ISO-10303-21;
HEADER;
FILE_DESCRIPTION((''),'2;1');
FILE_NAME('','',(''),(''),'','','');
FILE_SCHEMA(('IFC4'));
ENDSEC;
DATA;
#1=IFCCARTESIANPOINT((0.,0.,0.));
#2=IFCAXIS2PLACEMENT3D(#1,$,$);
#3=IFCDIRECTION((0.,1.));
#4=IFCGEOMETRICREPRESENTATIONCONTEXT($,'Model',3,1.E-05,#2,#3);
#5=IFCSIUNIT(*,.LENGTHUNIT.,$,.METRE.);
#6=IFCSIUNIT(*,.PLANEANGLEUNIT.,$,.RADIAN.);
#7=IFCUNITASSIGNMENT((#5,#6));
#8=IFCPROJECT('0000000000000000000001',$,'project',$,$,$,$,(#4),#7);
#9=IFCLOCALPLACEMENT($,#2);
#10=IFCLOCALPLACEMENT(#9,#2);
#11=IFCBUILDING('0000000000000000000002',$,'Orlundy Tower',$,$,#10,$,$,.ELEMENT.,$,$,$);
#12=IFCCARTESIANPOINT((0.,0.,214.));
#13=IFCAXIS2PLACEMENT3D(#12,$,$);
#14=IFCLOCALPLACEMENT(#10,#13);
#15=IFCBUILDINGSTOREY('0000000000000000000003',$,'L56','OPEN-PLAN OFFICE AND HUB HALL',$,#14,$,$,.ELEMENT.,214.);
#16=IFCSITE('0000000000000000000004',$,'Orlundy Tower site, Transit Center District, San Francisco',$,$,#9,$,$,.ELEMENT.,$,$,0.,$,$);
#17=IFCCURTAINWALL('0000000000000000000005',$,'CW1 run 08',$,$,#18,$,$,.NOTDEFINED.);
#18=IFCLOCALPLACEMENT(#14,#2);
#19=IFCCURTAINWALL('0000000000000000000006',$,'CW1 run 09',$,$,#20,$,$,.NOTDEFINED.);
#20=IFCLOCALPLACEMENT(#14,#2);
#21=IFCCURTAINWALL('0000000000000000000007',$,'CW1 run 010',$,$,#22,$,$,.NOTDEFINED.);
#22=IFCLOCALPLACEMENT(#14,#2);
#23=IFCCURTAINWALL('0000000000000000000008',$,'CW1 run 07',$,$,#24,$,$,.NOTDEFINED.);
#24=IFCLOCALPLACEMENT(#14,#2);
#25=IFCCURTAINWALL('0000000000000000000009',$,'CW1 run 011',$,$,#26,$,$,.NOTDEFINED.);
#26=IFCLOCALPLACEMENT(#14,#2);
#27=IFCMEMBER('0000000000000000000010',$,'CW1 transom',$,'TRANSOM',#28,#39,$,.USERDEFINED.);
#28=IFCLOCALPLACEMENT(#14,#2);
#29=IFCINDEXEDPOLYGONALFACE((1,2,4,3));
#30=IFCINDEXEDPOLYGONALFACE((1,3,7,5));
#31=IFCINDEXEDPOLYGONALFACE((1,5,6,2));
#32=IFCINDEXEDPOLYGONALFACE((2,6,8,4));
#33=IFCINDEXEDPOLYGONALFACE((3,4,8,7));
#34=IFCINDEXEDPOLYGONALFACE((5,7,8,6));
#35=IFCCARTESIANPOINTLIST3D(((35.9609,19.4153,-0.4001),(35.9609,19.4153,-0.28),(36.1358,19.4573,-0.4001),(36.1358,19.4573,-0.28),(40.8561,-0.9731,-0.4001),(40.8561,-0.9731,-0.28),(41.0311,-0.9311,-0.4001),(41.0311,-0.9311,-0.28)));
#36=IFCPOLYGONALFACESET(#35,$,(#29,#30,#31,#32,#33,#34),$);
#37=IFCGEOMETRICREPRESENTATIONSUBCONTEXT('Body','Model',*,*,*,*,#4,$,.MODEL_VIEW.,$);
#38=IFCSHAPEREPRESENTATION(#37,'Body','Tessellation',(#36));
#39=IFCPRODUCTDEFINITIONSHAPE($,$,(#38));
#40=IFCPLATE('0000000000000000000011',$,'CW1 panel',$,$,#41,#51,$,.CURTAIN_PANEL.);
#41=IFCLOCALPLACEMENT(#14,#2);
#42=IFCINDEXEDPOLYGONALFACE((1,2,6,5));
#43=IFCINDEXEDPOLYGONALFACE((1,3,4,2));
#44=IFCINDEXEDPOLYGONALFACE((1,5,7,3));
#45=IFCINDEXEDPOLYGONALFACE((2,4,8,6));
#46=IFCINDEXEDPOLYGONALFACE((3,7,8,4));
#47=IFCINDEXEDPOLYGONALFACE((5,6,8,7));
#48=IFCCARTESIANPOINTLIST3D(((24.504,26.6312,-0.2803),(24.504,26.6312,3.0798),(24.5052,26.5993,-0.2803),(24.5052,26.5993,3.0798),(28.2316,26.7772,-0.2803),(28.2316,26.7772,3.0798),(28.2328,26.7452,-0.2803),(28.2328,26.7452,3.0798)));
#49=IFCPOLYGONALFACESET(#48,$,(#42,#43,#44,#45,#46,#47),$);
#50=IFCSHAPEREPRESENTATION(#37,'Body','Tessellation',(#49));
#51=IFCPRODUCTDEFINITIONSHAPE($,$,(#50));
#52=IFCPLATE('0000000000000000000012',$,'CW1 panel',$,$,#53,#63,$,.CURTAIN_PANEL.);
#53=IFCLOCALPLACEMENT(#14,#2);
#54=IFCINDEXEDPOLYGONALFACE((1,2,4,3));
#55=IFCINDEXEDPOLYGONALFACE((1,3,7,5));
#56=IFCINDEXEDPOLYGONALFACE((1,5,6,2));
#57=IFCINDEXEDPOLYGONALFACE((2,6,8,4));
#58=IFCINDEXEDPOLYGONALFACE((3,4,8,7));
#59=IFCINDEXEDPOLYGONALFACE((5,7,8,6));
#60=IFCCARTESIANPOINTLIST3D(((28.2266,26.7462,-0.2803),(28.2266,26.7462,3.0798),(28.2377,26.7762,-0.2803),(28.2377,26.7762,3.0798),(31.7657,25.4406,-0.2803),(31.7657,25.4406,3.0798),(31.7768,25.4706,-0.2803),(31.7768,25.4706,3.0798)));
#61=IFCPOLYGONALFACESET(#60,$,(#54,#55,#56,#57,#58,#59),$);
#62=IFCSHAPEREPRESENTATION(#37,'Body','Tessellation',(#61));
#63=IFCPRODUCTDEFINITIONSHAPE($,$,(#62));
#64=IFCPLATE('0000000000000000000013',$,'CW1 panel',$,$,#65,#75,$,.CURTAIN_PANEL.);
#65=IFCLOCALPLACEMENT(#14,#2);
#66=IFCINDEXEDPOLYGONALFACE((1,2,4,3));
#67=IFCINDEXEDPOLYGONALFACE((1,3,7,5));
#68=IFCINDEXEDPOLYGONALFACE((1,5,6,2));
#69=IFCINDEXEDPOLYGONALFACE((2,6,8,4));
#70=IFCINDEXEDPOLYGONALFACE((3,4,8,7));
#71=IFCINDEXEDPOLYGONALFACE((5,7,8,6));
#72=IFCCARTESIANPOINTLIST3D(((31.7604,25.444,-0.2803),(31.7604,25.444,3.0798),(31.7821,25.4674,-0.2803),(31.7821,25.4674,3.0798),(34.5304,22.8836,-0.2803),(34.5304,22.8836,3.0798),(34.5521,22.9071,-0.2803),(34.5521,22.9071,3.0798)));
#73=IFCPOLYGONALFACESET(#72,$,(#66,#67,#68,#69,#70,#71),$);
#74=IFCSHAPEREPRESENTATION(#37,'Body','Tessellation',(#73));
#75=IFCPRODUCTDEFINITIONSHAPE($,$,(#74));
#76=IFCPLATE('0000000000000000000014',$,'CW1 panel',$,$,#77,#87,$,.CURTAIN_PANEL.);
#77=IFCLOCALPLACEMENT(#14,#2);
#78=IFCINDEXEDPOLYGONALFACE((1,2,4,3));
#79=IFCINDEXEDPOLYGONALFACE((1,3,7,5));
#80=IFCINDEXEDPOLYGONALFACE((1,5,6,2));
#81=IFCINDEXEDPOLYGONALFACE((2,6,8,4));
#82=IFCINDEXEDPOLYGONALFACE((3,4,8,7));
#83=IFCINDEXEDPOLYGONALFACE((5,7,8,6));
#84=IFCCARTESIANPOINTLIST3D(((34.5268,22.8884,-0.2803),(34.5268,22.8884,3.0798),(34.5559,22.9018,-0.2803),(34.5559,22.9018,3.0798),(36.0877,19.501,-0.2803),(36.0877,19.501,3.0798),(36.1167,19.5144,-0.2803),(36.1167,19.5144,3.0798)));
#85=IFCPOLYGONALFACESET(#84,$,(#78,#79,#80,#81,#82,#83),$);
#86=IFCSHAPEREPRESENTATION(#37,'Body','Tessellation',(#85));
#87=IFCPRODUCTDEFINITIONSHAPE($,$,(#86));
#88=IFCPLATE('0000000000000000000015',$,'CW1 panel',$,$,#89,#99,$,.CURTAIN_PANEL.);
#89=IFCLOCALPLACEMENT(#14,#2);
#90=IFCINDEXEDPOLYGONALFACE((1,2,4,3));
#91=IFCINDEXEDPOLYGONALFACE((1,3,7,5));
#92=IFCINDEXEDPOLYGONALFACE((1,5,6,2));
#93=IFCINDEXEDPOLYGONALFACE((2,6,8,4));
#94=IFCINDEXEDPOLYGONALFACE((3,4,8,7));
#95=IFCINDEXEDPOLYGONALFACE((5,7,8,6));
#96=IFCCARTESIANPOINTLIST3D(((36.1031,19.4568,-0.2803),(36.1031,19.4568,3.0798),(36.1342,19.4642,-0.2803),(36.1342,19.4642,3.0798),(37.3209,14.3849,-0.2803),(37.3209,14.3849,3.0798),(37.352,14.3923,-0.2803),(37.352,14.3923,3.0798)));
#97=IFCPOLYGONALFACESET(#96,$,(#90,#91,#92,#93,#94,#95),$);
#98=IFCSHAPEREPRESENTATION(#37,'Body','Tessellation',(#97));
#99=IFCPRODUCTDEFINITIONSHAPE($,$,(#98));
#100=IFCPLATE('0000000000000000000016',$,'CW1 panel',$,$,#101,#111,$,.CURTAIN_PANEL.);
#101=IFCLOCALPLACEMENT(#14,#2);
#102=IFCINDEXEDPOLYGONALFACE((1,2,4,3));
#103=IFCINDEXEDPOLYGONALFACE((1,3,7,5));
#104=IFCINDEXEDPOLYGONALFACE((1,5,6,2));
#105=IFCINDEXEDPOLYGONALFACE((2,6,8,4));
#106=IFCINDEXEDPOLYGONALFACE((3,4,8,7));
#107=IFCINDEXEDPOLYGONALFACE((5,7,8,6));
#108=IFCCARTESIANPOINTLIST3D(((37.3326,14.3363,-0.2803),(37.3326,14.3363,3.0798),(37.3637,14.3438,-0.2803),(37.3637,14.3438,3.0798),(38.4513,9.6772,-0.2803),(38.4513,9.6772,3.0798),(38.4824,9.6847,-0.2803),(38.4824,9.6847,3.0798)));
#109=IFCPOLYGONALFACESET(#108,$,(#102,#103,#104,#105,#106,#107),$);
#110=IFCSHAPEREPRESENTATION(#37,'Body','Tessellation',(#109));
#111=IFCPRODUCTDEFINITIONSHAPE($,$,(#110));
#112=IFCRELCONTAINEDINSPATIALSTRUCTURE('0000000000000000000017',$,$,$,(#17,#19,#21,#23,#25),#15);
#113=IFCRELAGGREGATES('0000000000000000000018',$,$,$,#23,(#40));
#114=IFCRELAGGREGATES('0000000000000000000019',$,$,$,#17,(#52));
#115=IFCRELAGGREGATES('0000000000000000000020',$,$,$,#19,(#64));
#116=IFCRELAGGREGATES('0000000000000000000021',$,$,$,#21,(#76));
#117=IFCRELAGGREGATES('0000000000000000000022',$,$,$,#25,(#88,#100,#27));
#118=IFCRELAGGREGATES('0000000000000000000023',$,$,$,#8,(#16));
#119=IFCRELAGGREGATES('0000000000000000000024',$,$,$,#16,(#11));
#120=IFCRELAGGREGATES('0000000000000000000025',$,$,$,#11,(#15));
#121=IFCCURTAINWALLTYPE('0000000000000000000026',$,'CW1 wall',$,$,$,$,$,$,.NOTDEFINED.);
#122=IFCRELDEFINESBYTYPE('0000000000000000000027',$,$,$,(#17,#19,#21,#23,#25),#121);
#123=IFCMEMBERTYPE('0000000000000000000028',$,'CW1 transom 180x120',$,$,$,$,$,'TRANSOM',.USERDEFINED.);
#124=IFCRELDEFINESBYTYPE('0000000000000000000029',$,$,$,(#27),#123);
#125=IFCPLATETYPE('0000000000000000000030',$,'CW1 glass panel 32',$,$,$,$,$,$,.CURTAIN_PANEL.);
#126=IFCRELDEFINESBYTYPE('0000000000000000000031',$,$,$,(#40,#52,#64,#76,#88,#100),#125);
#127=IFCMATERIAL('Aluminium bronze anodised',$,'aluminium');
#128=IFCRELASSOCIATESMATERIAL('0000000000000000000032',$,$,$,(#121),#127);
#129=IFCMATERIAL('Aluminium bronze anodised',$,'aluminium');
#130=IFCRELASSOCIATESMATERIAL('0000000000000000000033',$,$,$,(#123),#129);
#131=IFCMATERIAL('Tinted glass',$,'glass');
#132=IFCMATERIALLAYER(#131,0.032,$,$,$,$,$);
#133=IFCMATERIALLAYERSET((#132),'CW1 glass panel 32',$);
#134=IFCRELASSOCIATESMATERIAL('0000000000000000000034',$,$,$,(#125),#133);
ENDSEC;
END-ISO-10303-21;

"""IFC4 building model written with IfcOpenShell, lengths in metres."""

from ifc_helpers import new_model, si_unit, direction, frame, origin, origin_2d, place, context, subcontext, project, spatial, rectangle, extrude, material, layer, layer_set, material_profile, profile_set, type_object, element, aggregate, save


model = new_model("IFC4")

# Units and contexts
model_context = context("Model", 3, precision=1e-05, world=origin(), true_north=direction((0.0, 1.0)))
body_context = subcontext(model_context, "Body", "Model", "MODEL_VIEW")
ifc_project = project(units=[si_unit("LENGTHUNIT", "METRE"), si_unit("PLANEANGLEUNIT", "RADIAN")], contexts=[model_context])

# Site, building, storey
site_placement = place(None, origin())
site = spatial("IfcSite", under=ifc_project, at=site_placement, Name="Orlundy Tower site, Transit Center District, San Francisco", CompositionType="ELEMENT", RefElevation=0.0)
building_placement = place(site_placement, origin())
building = spatial("IfcBuilding", under=site, at=building_placement, Name="Orlundy Tower", CompositionType="ELEMENT")
storey_placement = place(building_placement, frame((0.0, 0.0, 214.0)))
storey = spatial("IfcBuildingStorey", under=building, at=storey_placement, Name="L56", Description="OPEN-PLAN OFFICE AND HUB HALL", CompositionType="ELEMENT", Elevation=214.0)

# Curtain walls
ifc_material_1 = material(Name="Aluminium bronze anodised", Category="aluminium")
curtain_wall_type = type_object("IfcCurtainWallType", Name="CW1 wall", PredefinedType="NOTDEFINED", material=ifc_material_1)
curtain_wall_1_placement = place(storey_placement, origin())
curtain_wall_1 = element("IfcCurtainWall", 1, at=curtain_wall_1_placement, inside=storey, type_object=curtain_wall_type, Name="CW1 run 08", PredefinedType="NOTDEFINED")
curtain_wall_2_placement = place(storey_placement, origin())
curtain_wall_2 = element("IfcCurtainWall", 2, at=curtain_wall_2_placement, inside=storey, type_object=curtain_wall_type, Name="CW1 run 09", PredefinedType="NOTDEFINED")
curtain_wall_3_placement = place(storey_placement, origin())
curtain_wall_3 = element("IfcCurtainWall", 3, at=curtain_wall_3_placement, inside=storey, type_object=curtain_wall_type, Name="CW1 run 010", PredefinedType="NOTDEFINED")
curtain_wall_4_placement = place(storey_placement, origin())
curtain_wall_4 = element("IfcCurtainWall", 4, at=curtain_wall_4_placement, inside=storey, type_object=curtain_wall_type, Name="CW1 run 07", PredefinedType="NOTDEFINED")

# Curtain wall
curtain_wall_5_placement = place(storey_placement, origin())
curtain_wall_5 = element("IfcCurtainWall", 5, at=curtain_wall_5_placement, inside=storey, type_object=curtain_wall_type, Name="CW1 run 011", PredefinedType="NOTDEFINED")

# Member
ifc_material_2 = material(Name="Aluminium bronze anodised", Category="aluminium")
ifc_material_profile_1 = material_profile(ifc_material_2, rectangle(XDim=0.1799, YDim=0.1201, at=origin_2d()), Name="CW1 transom 180x120")
ifc_profile_set_1 = profile_set([ifc_material_profile_1], Name="Aluminium bronze anodised")
member_type_1 = type_object("IfcMemberType", Name="CW1 transom 180x120", ElementType="TRANSOM", PredefinedType="USERDEFINED", material=ifc_profile_set_1)
member_1_placement = place(storey_placement, frame((36.0483, 19.4363, -0.3401), z_axis=(0.233465, -0.972365, 0.0), x_axis=(0.972365, 0.233465, 0.0)))
member_1 = element("IfcMember", 6, at=member_1_placement, type_object=member_type_1, Name="CW1 transom", ObjectType="TRANSOM", PredefinedType="USERDEFINED", context=body_context, shape_type="SweptSolid", body=[
    extrude(rectangle(XDim=0.1799, YDim=0.1201, at=origin_2d()), origin(), (0.0, 0.0, 1.0), 20.9678),
])

# Plates
ifc_material_3 = material(Name="Tinted glass", Category="glass")
ifc_layer = layer(ifc_material_3, 0.032)
ifc_layer_set = layer_set([ifc_layer], Name="CW1 glass panel 32")
plate_type = type_object("IfcPlateType", Name="CW1 glass panel 32", PredefinedType="CURTAIN_PANEL", material=ifc_layer_set)
plate_1_placement = place(storey_placement, frame((26.3684, 26.6882, -0.2803), z_axis=(0.0, 0.0, 1.0), x_axis=(0.999235, 0.039117, 0.0)))
plate_1 = element("IfcPlate", 7, at=plate_1_placement, type_object=plate_type, Name="CW1 panel", PredefinedType="CURTAIN_PANEL", context=body_context, shape_type="SweptSolid", body=[
    extrude(rectangle(XDim=3.7305, YDim=0.032, at=origin_2d()), origin(), (0.0, 0.0, 1.0), 3.3601),
])
aggregate(curtain_wall_4, [plate_1])
plate_2_placement = place(storey_placement, frame((30.0017, 26.1084, -0.2803), z_axis=(0.0, 0.0, 1.0), x_axis=(0.9382, -0.346093, 0.0)))
plate_2 = element("IfcPlate", 8, at=plate_2_placement, type_object=plate_type, Name="CW1 panel", PredefinedType="CURTAIN_PANEL", context=body_context, shape_type="SweptSolid", body=[
    extrude(rectangle(XDim=3.7722, YDim=0.032, at=origin_2d()), origin(), (0.0, 0.0, 1.0), 3.3601),
])
aggregate(curtain_wall_1, [plate_2])
plate_3_placement = place(storey_placement, frame((33.1562, 24.1755, -0.2803), z_axis=(0.0, 0.0, 1.0), x_axis=(0.734348, -0.678773, 0.0)))
plate_3 = element("IfcPlate", 9, at=plate_3_placement, type_object=plate_type, Name="CW1 panel", PredefinedType="CURTAIN_PANEL", context=body_context, shape_type="SweptSolid", body=[
    extrude(rectangle(XDim=3.772, YDim=0.032, at=origin_2d()), origin(), (0.0, 0.0, 1.0), 3.3601),
])
aggregate(curtain_wall_2, [plate_3])
plate_4_placement = place(storey_placement, frame((35.3218, 21.2014, -0.2803), z_axis=(0.0, 0.0, 1.0), x_axis=(0.418493, -0.90822, 0.0)))
plate_4 = element("IfcPlate", 10, at=plate_4_placement, type_object=plate_type, Name="CW1 panel", PredefinedType="CURTAIN_PANEL", context=body_context, shape_type="SweptSolid", body=[
    extrude(rectangle(XDim=3.7297, YDim=0.032, at=origin_2d()), origin(), (0.0, 0.0, 1.0), 3.3601),
])
aggregate(curtain_wall_3, [plate_4])
plate_5_placement = place(storey_placement, frame((36.7275, 16.9246, -0.2803), z_axis=(0.0, 0.0, 1.0), x_axis=(0.233472, -0.972364, 0.0)))
plate_5 = element("IfcPlate", 11, at=plate_5_placement, type_object=plate_type, Name="CW1 panel", PredefinedType="CURTAIN_PANEL", context=body_context, shape_type="SweptSolid", body=[
    extrude(rectangle(XDim=5.2161, YDim=0.032, at=origin_2d()), origin(), (0.0, 0.0, 1.0), 3.3601),
])
plate_6_placement = place(storey_placement, frame((37.9075, 12.0105, -0.2803), z_axis=(0.0, 0.0, 1.0), x_axis=(0.233472, -0.972364, 0.0)))
plate_6 = element("IfcPlate", 12, at=plate_6_placement, type_object=plate_type, Name="CW1 panel", PredefinedType="CURTAIN_PANEL", context=body_context, shape_type="SweptSolid", body=[
    extrude(rectangle(XDim=4.7915, YDim=0.032, at=origin_2d()), origin(), (0.0, 0.0, 1.0), 3.3601),
])
aggregate(curtain_wall_5, [plate_5, plate_6, member_1])

save(model, "model.ifc")
